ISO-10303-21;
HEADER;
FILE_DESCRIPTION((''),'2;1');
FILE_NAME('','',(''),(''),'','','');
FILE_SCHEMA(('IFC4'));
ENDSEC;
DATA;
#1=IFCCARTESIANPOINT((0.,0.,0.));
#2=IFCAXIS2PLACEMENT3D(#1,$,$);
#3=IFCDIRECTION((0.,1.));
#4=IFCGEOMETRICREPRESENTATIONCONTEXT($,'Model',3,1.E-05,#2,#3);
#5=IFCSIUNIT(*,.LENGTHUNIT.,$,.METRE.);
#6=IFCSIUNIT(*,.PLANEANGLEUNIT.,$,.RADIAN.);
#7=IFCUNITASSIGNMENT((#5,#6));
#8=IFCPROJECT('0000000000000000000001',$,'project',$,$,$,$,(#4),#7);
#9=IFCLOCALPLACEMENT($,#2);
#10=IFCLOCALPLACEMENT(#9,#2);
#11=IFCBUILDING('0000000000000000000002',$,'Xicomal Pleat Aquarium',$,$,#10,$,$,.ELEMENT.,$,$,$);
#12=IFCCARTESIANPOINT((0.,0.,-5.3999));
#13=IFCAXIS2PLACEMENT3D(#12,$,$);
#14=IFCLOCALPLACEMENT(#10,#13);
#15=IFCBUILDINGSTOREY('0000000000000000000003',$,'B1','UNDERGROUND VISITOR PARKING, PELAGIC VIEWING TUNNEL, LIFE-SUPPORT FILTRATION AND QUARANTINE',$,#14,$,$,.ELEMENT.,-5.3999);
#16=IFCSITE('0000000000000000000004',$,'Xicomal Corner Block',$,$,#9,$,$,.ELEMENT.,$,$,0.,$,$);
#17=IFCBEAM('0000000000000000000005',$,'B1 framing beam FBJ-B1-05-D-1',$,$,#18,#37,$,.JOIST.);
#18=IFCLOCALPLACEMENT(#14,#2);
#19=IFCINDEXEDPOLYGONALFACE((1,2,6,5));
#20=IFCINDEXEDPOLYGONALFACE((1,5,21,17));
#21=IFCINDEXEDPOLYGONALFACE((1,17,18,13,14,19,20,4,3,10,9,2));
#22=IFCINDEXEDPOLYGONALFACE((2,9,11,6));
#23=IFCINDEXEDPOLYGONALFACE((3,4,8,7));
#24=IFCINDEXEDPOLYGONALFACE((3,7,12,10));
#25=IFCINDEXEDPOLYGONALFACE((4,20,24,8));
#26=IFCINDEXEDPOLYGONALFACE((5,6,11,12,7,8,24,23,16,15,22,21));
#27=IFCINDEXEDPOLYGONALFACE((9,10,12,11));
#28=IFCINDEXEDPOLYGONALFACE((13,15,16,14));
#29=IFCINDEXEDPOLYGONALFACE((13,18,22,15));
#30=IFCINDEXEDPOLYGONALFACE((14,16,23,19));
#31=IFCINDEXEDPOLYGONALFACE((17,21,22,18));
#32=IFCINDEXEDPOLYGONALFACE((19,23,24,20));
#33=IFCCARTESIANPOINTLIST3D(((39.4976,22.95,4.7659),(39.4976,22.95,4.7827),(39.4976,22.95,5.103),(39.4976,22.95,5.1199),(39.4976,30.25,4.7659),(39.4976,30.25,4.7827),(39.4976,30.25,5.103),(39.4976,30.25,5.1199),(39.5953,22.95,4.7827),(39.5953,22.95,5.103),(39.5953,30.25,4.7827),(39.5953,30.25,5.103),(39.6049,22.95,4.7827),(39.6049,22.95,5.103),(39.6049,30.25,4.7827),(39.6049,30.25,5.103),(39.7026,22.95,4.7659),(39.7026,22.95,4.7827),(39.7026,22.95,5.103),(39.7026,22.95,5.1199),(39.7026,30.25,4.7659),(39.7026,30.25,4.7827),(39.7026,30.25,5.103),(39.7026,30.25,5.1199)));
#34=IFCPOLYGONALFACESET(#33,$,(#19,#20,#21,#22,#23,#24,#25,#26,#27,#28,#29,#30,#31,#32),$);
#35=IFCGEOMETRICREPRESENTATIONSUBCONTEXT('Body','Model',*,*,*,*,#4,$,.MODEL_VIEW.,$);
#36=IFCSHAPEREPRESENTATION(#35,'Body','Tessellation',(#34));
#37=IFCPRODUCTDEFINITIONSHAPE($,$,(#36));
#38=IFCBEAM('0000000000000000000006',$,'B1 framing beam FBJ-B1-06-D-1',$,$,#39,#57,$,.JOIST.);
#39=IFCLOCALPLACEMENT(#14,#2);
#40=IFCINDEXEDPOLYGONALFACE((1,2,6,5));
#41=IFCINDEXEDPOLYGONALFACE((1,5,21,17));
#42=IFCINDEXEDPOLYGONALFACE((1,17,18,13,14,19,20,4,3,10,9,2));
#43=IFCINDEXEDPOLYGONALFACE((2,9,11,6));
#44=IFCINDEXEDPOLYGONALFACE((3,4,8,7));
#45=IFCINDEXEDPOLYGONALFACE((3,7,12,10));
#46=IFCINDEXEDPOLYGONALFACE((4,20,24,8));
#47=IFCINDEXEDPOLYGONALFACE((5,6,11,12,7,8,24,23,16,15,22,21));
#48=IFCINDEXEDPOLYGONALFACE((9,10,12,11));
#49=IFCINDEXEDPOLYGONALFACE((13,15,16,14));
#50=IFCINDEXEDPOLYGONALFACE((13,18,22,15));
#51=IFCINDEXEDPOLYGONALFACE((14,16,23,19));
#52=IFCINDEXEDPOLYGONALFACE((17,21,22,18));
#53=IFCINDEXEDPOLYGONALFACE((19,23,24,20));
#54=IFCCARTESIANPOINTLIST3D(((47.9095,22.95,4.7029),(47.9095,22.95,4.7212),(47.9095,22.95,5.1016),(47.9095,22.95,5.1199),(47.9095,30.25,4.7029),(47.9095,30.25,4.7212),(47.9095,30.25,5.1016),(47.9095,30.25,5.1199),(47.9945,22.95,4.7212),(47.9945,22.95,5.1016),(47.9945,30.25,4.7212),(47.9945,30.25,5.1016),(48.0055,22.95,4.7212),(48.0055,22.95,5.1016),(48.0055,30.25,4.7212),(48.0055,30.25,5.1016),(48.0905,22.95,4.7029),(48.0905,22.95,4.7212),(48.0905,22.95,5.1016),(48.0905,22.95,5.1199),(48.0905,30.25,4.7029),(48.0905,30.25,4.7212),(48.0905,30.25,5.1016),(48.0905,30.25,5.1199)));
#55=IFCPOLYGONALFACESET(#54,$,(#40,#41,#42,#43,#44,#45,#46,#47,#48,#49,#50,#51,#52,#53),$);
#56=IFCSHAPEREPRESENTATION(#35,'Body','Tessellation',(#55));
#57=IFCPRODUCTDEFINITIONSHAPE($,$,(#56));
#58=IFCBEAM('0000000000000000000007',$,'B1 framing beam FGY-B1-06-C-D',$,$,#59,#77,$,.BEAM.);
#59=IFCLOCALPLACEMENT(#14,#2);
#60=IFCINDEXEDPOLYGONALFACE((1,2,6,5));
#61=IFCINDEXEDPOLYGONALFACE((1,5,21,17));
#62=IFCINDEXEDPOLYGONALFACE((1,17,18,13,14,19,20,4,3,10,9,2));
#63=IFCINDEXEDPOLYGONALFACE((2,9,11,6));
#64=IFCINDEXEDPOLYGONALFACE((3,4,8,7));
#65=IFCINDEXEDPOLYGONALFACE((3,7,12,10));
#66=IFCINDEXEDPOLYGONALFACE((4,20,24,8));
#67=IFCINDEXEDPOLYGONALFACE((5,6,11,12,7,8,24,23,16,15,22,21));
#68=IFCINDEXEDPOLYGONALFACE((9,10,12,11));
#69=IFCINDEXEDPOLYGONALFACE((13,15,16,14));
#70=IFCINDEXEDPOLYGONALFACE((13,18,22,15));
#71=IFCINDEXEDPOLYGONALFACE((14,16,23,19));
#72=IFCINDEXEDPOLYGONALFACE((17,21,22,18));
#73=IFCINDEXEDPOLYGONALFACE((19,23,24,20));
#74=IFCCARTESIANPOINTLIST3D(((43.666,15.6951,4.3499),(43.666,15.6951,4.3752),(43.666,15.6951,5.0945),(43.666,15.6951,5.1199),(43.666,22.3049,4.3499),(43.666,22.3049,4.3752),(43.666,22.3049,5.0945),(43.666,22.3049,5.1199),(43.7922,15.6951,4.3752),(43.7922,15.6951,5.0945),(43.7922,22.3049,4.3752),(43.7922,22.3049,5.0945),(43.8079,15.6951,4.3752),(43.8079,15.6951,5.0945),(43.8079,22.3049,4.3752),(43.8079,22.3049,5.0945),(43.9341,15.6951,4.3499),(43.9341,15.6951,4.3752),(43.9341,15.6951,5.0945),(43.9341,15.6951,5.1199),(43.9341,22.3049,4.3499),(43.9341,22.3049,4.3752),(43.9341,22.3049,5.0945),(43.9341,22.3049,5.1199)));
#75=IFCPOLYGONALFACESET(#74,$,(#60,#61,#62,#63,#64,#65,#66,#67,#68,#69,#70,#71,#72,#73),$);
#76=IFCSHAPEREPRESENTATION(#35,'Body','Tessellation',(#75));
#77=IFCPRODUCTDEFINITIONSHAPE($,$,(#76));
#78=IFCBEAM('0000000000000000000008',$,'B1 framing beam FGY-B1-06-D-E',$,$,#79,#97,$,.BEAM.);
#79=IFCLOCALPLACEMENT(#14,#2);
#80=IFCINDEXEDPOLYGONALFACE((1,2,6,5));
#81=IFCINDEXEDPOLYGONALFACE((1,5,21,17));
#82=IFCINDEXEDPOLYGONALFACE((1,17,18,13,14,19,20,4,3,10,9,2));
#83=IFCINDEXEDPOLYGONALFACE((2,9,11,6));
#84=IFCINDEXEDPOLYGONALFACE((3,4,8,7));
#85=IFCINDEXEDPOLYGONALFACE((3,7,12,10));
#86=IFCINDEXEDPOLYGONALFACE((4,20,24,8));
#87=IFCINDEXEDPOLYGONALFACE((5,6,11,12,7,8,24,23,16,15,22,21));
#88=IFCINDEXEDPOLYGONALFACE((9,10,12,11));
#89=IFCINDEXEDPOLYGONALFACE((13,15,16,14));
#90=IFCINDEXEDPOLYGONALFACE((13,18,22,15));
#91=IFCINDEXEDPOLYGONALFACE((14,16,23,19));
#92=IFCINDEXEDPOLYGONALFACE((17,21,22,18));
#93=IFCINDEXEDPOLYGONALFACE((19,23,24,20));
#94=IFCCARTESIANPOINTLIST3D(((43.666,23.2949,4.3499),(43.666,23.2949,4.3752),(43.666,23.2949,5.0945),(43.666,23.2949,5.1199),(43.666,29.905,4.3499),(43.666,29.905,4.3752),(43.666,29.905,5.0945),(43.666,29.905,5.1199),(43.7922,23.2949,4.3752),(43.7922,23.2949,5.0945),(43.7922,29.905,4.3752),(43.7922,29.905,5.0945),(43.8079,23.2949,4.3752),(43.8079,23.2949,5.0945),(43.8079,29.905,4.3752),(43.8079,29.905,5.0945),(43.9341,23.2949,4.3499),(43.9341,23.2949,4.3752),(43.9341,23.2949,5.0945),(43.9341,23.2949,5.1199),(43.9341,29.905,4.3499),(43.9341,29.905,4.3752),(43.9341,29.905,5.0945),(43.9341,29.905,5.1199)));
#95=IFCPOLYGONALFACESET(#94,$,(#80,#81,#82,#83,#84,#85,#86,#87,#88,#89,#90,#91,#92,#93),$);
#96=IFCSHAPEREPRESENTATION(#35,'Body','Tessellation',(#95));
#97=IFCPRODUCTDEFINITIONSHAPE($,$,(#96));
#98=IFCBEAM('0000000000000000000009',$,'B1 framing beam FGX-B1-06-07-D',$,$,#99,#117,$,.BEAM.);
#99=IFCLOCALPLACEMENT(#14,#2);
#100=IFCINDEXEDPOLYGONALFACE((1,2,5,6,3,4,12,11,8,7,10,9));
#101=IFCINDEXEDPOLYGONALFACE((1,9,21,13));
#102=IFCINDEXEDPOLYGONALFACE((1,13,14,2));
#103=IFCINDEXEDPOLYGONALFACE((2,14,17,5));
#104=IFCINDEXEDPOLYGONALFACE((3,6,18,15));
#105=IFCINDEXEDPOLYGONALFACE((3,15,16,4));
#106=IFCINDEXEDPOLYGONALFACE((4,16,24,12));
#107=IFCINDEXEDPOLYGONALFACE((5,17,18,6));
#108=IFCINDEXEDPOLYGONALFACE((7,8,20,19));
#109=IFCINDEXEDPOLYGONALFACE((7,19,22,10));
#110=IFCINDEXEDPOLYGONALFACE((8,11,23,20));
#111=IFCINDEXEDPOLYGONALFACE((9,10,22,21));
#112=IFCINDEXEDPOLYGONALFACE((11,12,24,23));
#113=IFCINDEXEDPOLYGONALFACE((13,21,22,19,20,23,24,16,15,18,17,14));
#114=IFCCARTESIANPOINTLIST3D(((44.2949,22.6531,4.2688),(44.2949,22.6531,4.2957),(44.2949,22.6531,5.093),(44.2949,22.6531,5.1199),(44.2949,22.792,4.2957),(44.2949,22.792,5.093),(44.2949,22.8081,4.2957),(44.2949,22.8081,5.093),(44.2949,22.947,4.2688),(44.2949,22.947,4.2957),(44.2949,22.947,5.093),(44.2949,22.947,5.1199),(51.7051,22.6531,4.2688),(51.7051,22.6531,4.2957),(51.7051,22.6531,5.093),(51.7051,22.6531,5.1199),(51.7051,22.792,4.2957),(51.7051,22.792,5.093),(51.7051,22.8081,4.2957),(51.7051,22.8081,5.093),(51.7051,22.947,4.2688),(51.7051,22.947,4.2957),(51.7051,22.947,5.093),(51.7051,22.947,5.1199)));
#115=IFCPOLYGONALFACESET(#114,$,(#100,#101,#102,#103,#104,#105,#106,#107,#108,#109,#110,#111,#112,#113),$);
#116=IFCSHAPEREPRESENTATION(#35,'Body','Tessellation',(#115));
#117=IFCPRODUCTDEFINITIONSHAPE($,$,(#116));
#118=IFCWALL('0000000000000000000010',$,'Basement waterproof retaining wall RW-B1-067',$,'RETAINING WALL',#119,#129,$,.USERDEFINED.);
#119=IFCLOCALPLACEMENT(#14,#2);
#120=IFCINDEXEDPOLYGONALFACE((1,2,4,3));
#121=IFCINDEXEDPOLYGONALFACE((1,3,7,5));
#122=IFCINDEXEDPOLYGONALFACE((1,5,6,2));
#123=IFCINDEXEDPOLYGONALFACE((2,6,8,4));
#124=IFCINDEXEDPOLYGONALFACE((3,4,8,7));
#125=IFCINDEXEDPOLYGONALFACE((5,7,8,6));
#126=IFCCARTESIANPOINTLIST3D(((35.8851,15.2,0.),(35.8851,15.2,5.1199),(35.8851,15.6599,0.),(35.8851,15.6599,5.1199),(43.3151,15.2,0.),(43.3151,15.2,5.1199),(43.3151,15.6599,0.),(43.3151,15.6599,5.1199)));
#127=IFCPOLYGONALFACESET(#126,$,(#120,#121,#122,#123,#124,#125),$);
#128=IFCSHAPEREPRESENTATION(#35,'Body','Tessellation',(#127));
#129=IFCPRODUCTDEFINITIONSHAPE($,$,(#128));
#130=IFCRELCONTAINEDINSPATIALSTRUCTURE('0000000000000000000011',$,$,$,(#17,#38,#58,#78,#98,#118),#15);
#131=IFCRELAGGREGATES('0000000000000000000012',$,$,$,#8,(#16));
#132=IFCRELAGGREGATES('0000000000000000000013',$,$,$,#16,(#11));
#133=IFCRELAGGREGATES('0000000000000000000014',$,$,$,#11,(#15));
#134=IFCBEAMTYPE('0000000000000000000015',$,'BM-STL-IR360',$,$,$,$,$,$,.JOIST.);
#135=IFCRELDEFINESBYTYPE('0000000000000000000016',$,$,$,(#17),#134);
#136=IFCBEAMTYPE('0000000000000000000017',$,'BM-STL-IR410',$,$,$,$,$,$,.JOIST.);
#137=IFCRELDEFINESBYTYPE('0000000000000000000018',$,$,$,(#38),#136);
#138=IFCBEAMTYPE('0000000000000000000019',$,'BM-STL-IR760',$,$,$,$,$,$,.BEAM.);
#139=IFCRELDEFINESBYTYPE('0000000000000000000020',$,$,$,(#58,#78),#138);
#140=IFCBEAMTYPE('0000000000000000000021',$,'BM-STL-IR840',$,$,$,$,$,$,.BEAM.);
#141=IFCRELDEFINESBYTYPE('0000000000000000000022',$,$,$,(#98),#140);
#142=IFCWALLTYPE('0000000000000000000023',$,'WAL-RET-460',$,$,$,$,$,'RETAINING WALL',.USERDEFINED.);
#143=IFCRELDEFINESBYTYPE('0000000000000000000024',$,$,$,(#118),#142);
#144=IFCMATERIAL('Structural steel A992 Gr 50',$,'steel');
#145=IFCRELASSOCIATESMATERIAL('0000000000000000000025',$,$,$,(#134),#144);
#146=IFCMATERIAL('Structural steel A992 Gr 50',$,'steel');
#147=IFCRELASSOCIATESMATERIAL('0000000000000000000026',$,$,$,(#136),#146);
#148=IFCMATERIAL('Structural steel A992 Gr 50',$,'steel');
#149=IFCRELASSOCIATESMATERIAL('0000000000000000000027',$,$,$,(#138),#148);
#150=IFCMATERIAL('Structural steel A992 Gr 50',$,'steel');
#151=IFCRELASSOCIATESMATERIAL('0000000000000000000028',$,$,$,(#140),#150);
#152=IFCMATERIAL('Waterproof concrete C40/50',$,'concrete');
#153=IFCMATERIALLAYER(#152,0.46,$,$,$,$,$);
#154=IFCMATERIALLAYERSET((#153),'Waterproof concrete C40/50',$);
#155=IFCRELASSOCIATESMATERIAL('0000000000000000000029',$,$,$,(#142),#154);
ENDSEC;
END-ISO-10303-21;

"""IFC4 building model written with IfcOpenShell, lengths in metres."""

from ifc_helpers import new_model, si_unit, direction, frame, frame_2d, origin, origin_2d, place, context, subcontext, project, spatial, rectangle, i_section, extrude, material, layer, layer_set, material_profile, profile_set, type_object, element, save


model = new_model("IFC4")

# Units and contexts
model_context = context("Model", 3, precision=1e-05, world=origin(), true_north=direction((0.0, 1.0)))
body_context = subcontext(model_context, "Body", "Model", "MODEL_VIEW")
ifc_project = project(units=[si_unit("LENGTHUNIT", "METRE"), si_unit("PLANEANGLEUNIT", "RADIAN")], contexts=[model_context])

# Site, building, storey
site_placement = place(None, origin())
site = spatial("IfcSite", under=ifc_project, at=site_placement, Name="Xicomal Corner Block", CompositionType="ELEMENT", RefElevation=0.0)
building_placement = place(site_placement, origin())
building = spatial("IfcBuilding", under=site, at=building_placement, Name="Xicomal Pleat Aquarium", CompositionType="ELEMENT")
storey_placement = place(building_placement, frame((0.0, 0.0, -5.3999)))
storey = spatial("IfcBuildingStorey", under=building, at=storey_placement, Name="B1", Description="UNDERGROUND VISITOR PARKING, PELAGIC VIEWING TUNNEL, LIFE-SUPPORT FILTRATION AND QUARANTINE", CompositionType="ELEMENT", Elevation=-5.3999)

# Beams
ifc_material_1 = material(Name="Structural steel A992 Gr 50", Category="steel")
ifc_material_profile_1 = material_profile(ifc_material_1, i_section(OverallWidth=0.2051, OverallDepth=0.354, WebThickness=0.0095, FlangeThickness=0.0168, at=origin_2d()), Name="IR 360x79")
ifc_profile_set_1 = profile_set([ifc_material_profile_1], Name="Structural steel A992 Gr 50")
beam_type_1 = type_object("IfcBeamType", Name="BM-STL-IR360", PredefinedType="JOIST", material=ifc_profile_set_1)
beam_1_placement = place(storey_placement, frame((39.6001, 22.95, 4.9429), z_axis=(0.0, 1.0, 0.0), x_axis=(-1.0, 0.0, 0.0)))
element("IfcBeam", 1, at=beam_1_placement, inside=storey, type_object=beam_type_1, Name="B1 framing beam FBJ-B1-05-D-1", PredefinedType="JOIST", context=body_context, shape_type="SweptSolid", body=[
    extrude(i_section(OverallWidth=0.2051, OverallDepth=0.354, WebThickness=0.0095, FlangeThickness=0.0168, at=origin_2d()), origin(), (0.0, 0.0, 1.0), 7.3),
])
ifc_material_2 = material(Name="Structural steel A992 Gr 50", Category="steel")
ifc_material_profile_2 = material_profile(ifc_material_2, i_section(OverallWidth=0.1809, OverallDepth=0.417, WebThickness=0.011, FlangeThickness=0.0183, at=origin_2d()), Name="IR 410x85")
ifc_profile_set_2 = profile_set([ifc_material_profile_2], Name="Structural steel A992 Gr 50")
beam_type_2 = type_object("IfcBeamType", Name="BM-STL-IR410", PredefinedType="JOIST", material=ifc_profile_set_2)
beam_2_placement = place(storey_placement, frame((48.0, 22.95, 4.9114), z_axis=(0.0, 1.0, 0.0), x_axis=(-1.0, 0.0, 0.0)))
element("IfcBeam", 2, at=beam_2_placement, inside=storey, type_object=beam_type_2, Name="B1 framing beam FBJ-B1-06-D-1", PredefinedType="JOIST", context=body_context, shape_type="SweptSolid", body=[
    extrude(i_section(OverallWidth=0.1809, OverallDepth=0.417, WebThickness=0.011, FlangeThickness=0.0183, at=origin_2d()), origin(), (0.0, 0.0, 1.0), 7.3),
])
ifc_material_3 = material(Name="Structural steel A992 Gr 50", Category="steel")
ifc_material_profile_3 = material_profile(ifc_material_3, i_section(OverallWidth=0.2681, OverallDepth=0.77, WebThickness=0.0156, FlangeThickness=0.0254, at=origin_2d()), Name="IR 760x196")
ifc_profile_set_3 = profile_set([ifc_material_profile_3], Name="Structural steel A992 Gr 50")
beam_type_3 = type_object("IfcBeamType", Name="BM-STL-IR760", PredefinedType="BEAM", material=ifc_profile_set_3)
beam_3_placement = place(storey_placement, frame((43.8, 15.6951, 4.7349), z_axis=(0.0, 1.0, 0.0), x_axis=(-1.0, 0.0, 0.0)))
element("IfcBeam", 3, at=beam_3_placement, inside=storey, type_object=beam_type_3, Name="B1 framing beam FGY-B1-06-C-D", PredefinedType="BEAM", context=body_context, shape_type="SweptSolid", body=[
    extrude(i_section(OverallWidth=0.2681, OverallDepth=0.77, WebThickness=0.0156, FlangeThickness=0.0254, at=origin_2d()), origin(), (0.0, 0.0, 1.0), 6.6099),
])
beam_4_placement = place(storey_placement, frame((43.8, 23.2949, 4.7349), z_axis=(0.0, 1.0, 0.0), x_axis=(-1.0, 0.0, 0.0)))
element("IfcBeam", 4, at=beam_4_placement, inside=storey, type_object=beam_type_3, Name="B1 framing beam FGY-B1-06-D-E", PredefinedType="BEAM", context=body_context, shape_type="SweptSolid", body=[
    extrude(i_section(OverallWidth=0.2681, OverallDepth=0.77, WebThickness=0.0156, FlangeThickness=0.0254, at=origin_2d()), origin(), (0.0, 0.0, 1.0), 6.6101),
])
ifc_material_4 = material(Name="Structural steel A992 Gr 50", Category="steel")
ifc_material_profile_4 = material_profile(ifc_material_4, i_section(OverallWidth=0.2939, OverallDepth=0.8511, WebThickness=0.0161, FlangeThickness=0.0269, at=origin_2d()), Name="IR 840x226")
ifc_profile_set_4 = profile_set([ifc_material_profile_4], Name="Structural steel A992 Gr 50")
beam_type_4 = type_object("IfcBeamType", Name="BM-STL-IR840", PredefinedType="BEAM", material=ifc_profile_set_4)
beam_5_placement = place(storey_placement, frame((44.2949, 22.8, 4.6943), z_axis=(1.0, 0.0, 0.0), x_axis=(0.0, 1.0, 0.0)))
element("IfcBeam", 5, at=beam_5_placement, inside=storey, type_object=beam_type_4, Name="B1 framing beam FGX-B1-06-07-D", PredefinedType="BEAM", context=body_context, shape_type="SweptSolid", body=[
    extrude(i_section(OverallWidth=0.2939, OverallDepth=0.8511, WebThickness=0.0161, FlangeThickness=0.0269, at=origin_2d()), origin(), (0.0, 0.0, 1.0), 7.4102),
])

# Wall
ifc_material_5 = material(Name="Waterproof concrete C40/50", Category="concrete")
ifc_layer = layer(ifc_material_5, 0.46)
ifc_layer_set = layer_set([ifc_layer], Name="Waterproof concrete C40/50")
wall_type = type_object("IfcWallType", Name="WAL-RET-460", ElementType="RETAINING WALL", PredefinedType="USERDEFINED", material=ifc_layer_set)
wall_placement = place(storey_placement, frame((43.3149, 15.4299, 0.0), z_axis=(0.0, 0.0, 1.0), x_axis=(-1.0, 0.0, 0.0)))
element("IfcWall", 6, at=wall_placement, inside=storey, type_object=wall_type, Name="Basement waterproof retaining wall RW-B1-067", ObjectType="RETAINING WALL", PredefinedType="USERDEFINED", context=body_context, shape_type="SweptSolid", body=[
    extrude(rectangle(XDim=7.4299, YDim=0.46, at=frame_2d((3.7148, 0.0))), origin(), (0.0, 0.0, 1.0), 5.1199),
])

save(model, "model.ifc")
